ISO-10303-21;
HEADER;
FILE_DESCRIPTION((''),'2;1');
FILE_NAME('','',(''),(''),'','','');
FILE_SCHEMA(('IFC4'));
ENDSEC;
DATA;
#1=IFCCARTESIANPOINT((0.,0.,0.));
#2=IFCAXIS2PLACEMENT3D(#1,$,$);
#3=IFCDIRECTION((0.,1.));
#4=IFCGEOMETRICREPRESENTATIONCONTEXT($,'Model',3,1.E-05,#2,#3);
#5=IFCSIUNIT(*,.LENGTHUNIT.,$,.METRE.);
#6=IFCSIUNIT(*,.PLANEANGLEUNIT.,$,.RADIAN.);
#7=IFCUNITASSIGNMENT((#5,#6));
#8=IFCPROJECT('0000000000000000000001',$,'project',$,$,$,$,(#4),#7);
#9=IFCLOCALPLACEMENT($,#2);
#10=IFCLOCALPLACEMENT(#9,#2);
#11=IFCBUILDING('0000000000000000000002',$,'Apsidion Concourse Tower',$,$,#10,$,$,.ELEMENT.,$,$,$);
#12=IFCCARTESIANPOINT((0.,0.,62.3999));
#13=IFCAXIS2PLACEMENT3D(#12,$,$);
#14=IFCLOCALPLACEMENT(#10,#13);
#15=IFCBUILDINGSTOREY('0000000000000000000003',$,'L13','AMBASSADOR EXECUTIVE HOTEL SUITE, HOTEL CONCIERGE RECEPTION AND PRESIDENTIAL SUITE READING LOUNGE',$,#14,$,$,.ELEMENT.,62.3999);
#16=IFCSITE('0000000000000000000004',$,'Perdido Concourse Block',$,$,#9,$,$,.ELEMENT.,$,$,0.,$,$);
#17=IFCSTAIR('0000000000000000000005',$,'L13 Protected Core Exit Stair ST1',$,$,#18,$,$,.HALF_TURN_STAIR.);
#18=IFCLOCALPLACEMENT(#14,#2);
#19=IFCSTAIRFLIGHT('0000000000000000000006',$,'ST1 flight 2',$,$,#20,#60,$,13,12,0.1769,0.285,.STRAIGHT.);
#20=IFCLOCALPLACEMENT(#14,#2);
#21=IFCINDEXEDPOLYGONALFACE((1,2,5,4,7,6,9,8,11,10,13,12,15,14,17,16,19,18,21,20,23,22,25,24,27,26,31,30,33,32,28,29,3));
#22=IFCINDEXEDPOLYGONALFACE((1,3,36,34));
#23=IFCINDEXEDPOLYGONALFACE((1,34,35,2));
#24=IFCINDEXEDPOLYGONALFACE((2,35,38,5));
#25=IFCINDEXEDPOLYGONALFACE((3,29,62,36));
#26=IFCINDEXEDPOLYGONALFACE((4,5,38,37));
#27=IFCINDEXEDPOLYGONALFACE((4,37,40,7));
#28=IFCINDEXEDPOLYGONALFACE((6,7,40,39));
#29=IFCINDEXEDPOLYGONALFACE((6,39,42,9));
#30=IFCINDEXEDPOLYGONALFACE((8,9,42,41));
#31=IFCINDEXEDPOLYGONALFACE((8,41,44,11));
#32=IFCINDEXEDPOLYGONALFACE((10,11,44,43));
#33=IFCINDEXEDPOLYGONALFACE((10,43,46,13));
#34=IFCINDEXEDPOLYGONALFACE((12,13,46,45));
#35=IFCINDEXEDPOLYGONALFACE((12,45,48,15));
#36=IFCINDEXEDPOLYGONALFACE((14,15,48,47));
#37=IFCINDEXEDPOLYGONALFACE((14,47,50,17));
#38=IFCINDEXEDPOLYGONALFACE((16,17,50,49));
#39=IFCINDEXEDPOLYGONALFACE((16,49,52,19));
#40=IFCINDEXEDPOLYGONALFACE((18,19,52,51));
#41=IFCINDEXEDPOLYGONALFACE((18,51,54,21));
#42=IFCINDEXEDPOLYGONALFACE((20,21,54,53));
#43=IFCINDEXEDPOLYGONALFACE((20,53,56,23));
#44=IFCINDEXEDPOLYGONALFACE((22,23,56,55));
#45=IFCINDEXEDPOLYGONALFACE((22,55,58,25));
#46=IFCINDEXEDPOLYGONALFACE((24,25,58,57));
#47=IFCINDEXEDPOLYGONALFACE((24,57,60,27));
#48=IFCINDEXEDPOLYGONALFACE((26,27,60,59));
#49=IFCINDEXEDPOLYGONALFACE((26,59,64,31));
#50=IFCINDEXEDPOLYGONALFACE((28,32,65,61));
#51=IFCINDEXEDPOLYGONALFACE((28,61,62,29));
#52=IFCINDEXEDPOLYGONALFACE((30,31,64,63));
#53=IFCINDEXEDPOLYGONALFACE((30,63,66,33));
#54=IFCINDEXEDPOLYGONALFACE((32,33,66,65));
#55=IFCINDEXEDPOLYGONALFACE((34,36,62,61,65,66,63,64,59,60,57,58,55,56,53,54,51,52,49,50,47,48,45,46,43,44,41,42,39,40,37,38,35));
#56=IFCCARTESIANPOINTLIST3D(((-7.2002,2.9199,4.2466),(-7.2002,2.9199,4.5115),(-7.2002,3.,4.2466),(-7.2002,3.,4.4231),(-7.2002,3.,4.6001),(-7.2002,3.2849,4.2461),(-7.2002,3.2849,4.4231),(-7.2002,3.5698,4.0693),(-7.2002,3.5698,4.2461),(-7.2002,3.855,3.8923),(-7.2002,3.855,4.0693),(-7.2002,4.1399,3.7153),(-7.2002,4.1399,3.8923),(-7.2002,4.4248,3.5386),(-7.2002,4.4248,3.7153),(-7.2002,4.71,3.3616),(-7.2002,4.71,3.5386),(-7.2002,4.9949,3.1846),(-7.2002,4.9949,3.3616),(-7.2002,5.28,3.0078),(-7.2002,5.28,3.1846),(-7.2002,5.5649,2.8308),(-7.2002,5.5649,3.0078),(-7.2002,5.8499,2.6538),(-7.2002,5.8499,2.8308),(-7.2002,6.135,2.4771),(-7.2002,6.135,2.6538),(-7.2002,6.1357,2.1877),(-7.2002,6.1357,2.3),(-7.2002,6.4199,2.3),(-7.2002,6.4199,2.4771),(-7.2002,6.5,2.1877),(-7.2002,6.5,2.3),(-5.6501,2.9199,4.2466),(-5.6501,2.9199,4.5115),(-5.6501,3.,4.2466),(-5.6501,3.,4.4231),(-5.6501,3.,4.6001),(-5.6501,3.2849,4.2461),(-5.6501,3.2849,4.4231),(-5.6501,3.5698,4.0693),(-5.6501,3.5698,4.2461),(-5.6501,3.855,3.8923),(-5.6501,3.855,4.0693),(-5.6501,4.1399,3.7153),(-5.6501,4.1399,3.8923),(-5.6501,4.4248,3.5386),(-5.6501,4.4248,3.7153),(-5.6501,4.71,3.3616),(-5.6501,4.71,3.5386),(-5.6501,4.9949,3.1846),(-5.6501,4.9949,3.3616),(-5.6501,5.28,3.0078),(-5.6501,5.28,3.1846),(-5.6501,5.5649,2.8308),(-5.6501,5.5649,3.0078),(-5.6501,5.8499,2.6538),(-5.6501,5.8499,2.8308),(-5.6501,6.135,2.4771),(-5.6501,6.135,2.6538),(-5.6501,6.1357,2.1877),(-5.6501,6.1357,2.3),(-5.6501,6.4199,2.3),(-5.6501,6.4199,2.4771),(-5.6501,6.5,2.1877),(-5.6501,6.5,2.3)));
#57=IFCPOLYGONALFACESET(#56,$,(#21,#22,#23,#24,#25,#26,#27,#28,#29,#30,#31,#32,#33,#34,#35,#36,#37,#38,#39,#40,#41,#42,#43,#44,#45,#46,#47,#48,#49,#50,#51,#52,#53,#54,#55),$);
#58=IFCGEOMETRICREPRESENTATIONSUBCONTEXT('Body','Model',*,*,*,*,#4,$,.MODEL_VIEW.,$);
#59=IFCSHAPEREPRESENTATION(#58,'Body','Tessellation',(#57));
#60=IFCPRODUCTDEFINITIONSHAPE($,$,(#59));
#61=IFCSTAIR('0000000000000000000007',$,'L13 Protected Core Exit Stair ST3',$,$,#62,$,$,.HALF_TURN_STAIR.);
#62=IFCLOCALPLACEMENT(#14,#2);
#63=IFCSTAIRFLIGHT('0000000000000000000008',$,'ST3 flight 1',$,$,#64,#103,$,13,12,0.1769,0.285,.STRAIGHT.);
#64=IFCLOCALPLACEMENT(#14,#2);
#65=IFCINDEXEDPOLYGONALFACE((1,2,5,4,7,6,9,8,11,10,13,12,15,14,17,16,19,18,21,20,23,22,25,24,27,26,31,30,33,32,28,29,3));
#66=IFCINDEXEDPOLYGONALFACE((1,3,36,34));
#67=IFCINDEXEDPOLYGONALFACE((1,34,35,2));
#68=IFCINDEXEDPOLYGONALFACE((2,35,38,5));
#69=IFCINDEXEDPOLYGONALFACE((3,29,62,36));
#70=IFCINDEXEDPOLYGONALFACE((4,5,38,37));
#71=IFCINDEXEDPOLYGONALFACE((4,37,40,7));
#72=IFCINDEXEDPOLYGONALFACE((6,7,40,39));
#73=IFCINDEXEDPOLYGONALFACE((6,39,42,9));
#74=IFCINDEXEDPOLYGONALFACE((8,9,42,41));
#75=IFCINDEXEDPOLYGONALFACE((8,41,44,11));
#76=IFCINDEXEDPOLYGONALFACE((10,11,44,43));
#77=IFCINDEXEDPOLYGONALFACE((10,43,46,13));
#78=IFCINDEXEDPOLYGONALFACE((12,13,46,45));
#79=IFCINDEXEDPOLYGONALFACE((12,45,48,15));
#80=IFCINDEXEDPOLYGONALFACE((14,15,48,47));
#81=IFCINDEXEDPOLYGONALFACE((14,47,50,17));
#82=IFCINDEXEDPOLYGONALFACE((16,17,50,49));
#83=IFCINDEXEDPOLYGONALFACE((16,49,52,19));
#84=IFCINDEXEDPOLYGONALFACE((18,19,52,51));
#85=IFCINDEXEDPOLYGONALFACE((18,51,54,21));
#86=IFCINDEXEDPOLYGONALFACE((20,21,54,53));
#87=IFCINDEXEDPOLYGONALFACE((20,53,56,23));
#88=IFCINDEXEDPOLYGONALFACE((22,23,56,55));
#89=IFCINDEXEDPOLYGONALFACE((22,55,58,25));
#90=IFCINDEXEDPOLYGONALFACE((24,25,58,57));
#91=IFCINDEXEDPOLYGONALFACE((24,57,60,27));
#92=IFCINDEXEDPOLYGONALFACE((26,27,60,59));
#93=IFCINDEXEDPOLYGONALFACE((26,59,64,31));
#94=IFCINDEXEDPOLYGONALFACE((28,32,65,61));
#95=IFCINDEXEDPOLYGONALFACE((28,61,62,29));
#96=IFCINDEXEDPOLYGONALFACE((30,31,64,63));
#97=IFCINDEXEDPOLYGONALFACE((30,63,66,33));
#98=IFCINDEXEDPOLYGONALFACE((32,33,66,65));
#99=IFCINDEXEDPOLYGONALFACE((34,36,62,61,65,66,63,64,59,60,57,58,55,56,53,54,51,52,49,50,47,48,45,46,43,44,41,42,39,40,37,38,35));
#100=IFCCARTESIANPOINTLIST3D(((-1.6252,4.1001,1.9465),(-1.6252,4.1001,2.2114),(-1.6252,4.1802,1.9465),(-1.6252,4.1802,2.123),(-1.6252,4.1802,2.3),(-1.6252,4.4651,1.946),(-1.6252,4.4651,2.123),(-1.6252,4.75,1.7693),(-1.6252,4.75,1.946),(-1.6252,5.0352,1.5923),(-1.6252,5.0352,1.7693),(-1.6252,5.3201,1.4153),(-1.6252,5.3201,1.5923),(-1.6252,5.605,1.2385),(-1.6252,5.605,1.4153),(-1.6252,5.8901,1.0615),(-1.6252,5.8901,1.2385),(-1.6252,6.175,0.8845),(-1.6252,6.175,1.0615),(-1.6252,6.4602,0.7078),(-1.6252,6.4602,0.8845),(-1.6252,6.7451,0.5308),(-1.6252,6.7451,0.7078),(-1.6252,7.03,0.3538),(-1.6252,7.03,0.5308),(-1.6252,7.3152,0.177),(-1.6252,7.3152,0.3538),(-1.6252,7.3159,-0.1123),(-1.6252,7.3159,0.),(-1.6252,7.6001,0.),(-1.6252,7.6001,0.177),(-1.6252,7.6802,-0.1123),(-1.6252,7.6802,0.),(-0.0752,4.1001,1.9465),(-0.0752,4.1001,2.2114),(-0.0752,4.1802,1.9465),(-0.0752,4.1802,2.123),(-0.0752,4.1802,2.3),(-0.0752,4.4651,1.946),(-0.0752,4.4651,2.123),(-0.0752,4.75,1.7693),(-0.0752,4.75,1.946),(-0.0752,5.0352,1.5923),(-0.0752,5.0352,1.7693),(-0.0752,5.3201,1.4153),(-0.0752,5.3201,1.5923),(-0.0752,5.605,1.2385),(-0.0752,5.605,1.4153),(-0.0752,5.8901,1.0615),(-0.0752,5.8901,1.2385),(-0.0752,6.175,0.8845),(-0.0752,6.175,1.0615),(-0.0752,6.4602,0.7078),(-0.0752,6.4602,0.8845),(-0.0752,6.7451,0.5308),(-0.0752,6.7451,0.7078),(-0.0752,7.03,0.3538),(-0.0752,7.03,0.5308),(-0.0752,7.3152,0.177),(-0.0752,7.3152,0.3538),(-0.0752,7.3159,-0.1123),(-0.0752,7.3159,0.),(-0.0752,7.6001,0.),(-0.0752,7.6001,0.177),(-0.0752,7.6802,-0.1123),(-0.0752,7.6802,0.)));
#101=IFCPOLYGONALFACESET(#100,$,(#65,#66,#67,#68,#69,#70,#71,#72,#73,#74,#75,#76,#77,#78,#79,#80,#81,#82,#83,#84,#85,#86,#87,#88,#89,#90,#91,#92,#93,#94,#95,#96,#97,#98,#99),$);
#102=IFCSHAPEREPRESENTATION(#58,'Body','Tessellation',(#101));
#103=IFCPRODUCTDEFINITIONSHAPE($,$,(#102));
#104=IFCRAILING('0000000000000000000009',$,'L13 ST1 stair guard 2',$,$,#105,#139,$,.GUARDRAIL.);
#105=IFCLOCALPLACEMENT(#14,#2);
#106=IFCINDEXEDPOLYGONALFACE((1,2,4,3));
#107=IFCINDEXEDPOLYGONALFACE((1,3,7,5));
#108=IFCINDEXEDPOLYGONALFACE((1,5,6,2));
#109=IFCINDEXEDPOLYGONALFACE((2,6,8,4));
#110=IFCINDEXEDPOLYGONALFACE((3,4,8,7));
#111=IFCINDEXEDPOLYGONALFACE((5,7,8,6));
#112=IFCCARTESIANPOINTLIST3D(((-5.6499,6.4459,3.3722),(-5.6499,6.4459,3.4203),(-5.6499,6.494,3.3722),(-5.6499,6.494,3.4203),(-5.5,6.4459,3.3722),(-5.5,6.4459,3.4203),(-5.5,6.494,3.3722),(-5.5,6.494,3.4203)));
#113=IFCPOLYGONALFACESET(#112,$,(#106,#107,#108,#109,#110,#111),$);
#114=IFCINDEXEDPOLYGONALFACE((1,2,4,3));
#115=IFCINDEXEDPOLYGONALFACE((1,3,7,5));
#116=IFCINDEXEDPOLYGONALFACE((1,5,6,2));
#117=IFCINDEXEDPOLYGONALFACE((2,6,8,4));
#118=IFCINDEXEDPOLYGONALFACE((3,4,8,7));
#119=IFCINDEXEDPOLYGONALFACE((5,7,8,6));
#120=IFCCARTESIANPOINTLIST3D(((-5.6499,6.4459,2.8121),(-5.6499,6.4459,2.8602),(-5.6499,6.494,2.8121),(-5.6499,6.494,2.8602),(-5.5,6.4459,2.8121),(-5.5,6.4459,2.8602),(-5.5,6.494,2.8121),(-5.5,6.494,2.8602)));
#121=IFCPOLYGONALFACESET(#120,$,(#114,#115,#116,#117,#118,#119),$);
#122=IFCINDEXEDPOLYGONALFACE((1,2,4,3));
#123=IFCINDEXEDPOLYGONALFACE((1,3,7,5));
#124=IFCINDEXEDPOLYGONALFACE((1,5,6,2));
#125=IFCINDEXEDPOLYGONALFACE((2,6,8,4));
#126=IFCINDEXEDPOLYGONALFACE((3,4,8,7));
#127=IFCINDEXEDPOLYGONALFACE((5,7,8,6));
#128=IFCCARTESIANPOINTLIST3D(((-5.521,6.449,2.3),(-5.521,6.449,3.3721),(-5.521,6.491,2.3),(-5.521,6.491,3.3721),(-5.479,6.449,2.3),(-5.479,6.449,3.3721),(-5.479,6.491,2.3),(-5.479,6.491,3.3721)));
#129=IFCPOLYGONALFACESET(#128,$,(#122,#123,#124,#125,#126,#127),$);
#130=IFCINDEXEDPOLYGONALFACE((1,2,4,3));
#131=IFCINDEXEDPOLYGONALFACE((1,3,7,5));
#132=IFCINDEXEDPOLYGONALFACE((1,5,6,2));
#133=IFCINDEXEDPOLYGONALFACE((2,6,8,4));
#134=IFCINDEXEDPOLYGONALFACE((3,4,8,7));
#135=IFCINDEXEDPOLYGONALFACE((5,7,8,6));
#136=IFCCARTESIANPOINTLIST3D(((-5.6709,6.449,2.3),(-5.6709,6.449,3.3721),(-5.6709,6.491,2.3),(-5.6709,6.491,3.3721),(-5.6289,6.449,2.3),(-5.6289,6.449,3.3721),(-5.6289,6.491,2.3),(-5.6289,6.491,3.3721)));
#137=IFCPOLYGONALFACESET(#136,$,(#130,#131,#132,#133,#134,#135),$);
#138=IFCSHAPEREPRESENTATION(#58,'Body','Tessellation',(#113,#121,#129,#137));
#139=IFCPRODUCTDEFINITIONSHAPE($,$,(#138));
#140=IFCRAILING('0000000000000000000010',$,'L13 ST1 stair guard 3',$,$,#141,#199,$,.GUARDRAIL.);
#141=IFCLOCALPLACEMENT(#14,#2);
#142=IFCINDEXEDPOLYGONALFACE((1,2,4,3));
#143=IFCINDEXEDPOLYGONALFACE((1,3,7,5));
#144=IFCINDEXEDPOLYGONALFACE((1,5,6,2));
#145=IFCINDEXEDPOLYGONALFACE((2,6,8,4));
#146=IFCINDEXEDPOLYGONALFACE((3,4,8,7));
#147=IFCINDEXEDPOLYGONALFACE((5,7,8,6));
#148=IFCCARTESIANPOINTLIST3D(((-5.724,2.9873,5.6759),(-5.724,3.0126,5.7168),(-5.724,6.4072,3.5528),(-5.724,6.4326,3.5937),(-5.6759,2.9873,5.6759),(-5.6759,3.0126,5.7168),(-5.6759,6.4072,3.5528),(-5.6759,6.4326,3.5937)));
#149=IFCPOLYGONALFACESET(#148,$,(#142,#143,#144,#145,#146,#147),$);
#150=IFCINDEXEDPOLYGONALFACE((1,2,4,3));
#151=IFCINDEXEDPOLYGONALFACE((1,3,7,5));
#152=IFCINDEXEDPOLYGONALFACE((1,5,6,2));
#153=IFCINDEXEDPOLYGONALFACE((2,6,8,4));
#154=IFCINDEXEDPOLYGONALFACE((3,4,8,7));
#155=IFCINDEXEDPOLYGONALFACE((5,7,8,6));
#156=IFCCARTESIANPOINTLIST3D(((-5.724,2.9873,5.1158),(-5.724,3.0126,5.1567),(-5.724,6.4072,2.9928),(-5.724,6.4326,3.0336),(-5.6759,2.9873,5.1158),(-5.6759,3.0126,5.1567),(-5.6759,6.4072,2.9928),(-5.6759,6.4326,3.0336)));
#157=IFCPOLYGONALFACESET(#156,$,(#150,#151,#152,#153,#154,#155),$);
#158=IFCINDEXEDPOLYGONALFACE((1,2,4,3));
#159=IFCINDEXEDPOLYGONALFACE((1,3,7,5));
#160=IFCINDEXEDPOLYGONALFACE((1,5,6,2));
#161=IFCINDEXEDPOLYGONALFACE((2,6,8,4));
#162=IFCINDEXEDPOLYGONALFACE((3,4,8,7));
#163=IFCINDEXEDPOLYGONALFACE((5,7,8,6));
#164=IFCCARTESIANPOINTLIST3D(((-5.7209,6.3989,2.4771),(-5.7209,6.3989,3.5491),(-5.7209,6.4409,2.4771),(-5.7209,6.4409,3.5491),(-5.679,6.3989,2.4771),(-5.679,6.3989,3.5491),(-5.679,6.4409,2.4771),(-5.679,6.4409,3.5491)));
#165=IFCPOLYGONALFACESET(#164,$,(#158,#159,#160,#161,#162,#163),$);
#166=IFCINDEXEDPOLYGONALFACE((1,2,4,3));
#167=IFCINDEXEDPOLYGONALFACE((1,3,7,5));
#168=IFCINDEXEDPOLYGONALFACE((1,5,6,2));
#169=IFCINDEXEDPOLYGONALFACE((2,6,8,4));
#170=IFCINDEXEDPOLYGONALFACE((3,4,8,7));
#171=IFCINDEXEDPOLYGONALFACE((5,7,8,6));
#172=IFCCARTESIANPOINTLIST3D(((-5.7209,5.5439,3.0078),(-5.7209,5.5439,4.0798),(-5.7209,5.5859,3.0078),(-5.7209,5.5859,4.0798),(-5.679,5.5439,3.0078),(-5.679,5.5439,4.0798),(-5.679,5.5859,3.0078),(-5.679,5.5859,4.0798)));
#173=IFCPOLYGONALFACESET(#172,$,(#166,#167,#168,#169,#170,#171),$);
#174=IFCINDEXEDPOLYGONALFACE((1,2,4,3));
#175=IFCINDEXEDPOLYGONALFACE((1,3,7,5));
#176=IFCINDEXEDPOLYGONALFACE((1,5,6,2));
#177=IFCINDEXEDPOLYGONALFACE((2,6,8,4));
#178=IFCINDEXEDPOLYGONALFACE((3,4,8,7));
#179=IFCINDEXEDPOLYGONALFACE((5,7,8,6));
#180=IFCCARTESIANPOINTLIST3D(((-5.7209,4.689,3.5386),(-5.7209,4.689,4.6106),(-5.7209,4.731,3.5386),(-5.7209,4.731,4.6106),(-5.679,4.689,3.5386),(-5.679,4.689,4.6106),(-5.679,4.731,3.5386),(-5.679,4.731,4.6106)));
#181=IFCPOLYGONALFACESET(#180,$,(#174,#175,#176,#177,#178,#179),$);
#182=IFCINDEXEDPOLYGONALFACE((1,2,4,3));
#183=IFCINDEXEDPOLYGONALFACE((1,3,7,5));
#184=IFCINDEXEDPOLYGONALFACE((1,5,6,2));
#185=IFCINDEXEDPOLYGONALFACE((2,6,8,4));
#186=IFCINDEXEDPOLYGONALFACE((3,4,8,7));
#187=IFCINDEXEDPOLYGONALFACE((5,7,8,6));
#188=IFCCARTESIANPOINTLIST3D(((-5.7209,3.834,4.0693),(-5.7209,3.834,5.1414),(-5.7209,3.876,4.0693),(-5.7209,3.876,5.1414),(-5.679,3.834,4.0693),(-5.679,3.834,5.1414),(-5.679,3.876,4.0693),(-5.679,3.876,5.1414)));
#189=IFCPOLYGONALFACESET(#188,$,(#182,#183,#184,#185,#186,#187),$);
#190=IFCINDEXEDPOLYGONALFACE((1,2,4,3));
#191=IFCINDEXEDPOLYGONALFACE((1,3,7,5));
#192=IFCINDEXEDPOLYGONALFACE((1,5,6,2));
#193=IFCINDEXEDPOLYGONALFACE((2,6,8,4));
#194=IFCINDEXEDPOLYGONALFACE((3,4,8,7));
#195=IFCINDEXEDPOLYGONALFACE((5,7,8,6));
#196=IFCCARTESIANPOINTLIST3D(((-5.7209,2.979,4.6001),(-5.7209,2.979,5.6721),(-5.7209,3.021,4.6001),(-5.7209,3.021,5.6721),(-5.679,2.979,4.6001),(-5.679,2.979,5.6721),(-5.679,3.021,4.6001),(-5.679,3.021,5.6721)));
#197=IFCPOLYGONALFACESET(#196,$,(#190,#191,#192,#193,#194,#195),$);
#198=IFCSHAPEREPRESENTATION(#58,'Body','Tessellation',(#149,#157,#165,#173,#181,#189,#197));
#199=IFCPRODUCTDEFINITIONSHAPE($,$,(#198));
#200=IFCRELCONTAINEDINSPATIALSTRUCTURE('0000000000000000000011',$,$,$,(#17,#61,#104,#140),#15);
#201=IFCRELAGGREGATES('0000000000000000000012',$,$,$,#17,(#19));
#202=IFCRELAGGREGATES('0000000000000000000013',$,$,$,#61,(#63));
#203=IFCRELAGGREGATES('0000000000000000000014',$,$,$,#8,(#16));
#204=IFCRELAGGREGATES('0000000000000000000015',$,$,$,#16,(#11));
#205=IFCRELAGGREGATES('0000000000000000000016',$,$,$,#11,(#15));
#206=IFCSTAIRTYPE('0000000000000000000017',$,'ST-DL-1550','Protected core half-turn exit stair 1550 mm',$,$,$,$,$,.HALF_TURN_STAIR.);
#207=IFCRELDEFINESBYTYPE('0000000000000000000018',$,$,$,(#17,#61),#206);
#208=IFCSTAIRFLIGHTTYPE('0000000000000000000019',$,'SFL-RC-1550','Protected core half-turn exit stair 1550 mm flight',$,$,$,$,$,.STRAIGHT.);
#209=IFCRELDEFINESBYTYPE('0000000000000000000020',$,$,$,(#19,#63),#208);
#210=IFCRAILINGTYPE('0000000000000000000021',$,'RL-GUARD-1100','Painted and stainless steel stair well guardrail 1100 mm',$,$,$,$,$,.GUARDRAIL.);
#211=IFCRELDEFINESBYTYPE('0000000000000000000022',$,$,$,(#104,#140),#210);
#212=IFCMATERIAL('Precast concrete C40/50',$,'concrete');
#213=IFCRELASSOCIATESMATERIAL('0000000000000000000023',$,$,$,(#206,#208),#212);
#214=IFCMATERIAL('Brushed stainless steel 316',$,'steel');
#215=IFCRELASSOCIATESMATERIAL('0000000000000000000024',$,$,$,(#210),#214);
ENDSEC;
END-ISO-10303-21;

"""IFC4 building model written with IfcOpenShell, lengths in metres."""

from ifc_helpers import new_model, si_unit, direction, frame, origin, origin_2d, place, context, subcontext, project, spatial, polyline, rectangle, outline, extrude, material, type_object, element, aggregate, save


model = new_model("IFC4")

# Units and contexts
model_context = context("Model", 3, precision=1e-05, world=origin(), true_north=direction((0.0, 1.0)))
body_context = subcontext(model_context, "Body", "Model", "MODEL_VIEW")
ifc_project = project(units=[si_unit("LENGTHUNIT", "METRE"), si_unit("PLANEANGLEUNIT", "RADIAN")], contexts=[model_context])

# Site, building, storey
site_placement = place(None, origin())
site = spatial("IfcSite", under=ifc_project, at=site_placement, Name="Perdido Concourse Block", CompositionType="ELEMENT", RefElevation=0.0)
building_placement = place(site_placement, origin())
building = spatial("IfcBuilding", under=site, at=building_placement, Name="Apsidion Concourse Tower", CompositionType="ELEMENT")
storey_placement = place(building_placement, frame((0.0, 0.0, 62.3999)))
storey = spatial("IfcBuildingStorey", under=building, at=storey_placement, Name="L13", Description="AMBASSADOR EXECUTIVE HOTEL SUITE, HOTEL CONCIERGE RECEPTION AND PRESIDENTIAL SUITE READING LOUNGE", CompositionType="ELEMENT", Elevation=62.3999)

# Shared definitions
ifc_material_1 = material(Name="Brushed stainless steel 316", Category="steel")

# Stairs, stair flights
ifc_material_2 = material(Name="Precast concrete C40/50", Category="concrete")
stair_type = type_object("IfcStairType", Name="ST-DL-1550", Description="Protected core half-turn exit stair 1550 mm", PredefinedType="HALF_TURN_STAIR", material=ifc_material_2)
stair_1_placement = place(storey_placement, origin())
stair_1 = element("IfcStair", 1, at=stair_1_placement, inside=storey, type_object=stair_type, Name="L13 Protected Core Exit Stair ST1", PredefinedType="HALF_TURN_STAIR")
stair_flight_type = type_object("IfcStairFlightType", Name="SFL-RC-1550", Description="Protected core half-turn exit stair 1550 mm flight", PredefinedType="STRAIGHT", material=ifc_material_2)
stair_flight_1_placement = place(storey_placement, frame((-6.425, 6.4199, 2.3), z_axis=(0.0, 0.0, 1.0), x_axis=(0.0, -1.0, 0.0)))
stair_flight_1 = element("IfcStairFlight", 2, at=stair_flight_1_placement, type_object=stair_flight_type, Name="ST1 flight 2", NumberOfRisers=13, NumberOfTreads=12, PredefinedType="STRAIGHT", RiserHeight=0.1769, TreadLength=0.285, context=body_context, shape_type="SweptSolid", body=[
    extrude(outline(polyline([(-0.0801, -0.1123), (-0.0801, 0.0), (0.0, 0.0), (0.0, 0.177), (0.2849, 0.177), (0.2849, 0.3538), (0.5701, 0.3538), (0.5701, 0.5308), (0.855, 0.5308), (0.855, 0.7078), (1.1399, 0.7078), (1.1399, 0.8845), (1.425, 0.8845), (1.425, 1.0615), (1.71, 1.0615), (1.71, 1.2385), (1.9951, 1.2385), (1.9951, 1.4153), (2.28, 1.4153), (2.28, 1.5923), (2.5649, 1.5923), (2.5649, 1.7693), (2.8501, 1.7693), (2.8501, 1.946), (3.135, 1.946), (3.135, 2.123), (3.4199, 2.123), (3.4199, 2.3), (3.5, 2.2114), (3.5, 1.9465), (3.4199, 1.9465), (0.2842, 0.0), (0.2842, -0.1123), (-0.0801, -0.1123)])), frame((0.0, 0.7749, 0.0), z_axis=(0.0, -1.0, 0.0), x_axis=(1.0, 0.0, 0.0)), (0.0, 0.0, 1.0), 1.55),
])
aggregate(stair_1, [stair_flight_1])
stair_2_placement = place(storey_placement, origin())
stair_2 = element("IfcStair", 3, at=stair_2_placement, inside=storey, type_object=stair_type, Name="L13 Protected Core Exit Stair ST3", PredefinedType="HALF_TURN_STAIR")
stair_flight_2_placement = place(storey_placement, frame((-0.8501, 7.6001, 0.0), z_axis=(0.0, 0.0, 1.0), x_axis=(0.0, -1.0, 0.0)))
stair_flight_2 = element("IfcStairFlight", 4, at=stair_flight_2_placement, type_object=stair_flight_type, Name="ST3 flight 1", NumberOfRisers=13, NumberOfTreads=12, PredefinedType="STRAIGHT", RiserHeight=0.1769, TreadLength=0.285, context=body_context, shape_type="SweptSolid", body=[
    extrude(outline(polyline([(-0.0801, -0.1123), (-0.0801, 0.0), (0.0, 0.0), (0.0, 0.177), (0.2849, 0.177), (0.2849, 0.3538), (0.5701, 0.3538), (0.5701, 0.5308), (0.855, 0.5308), (0.855, 0.7078), (1.1399, 0.7078), (1.1399, 0.8845), (1.425, 0.8845), (1.425, 1.0615), (1.71, 1.0615), (1.71, 1.2385), (1.9951, 1.2385), (1.9951, 1.4153), (2.28, 1.4153), (2.28, 1.5923), (2.5649, 1.5923), (2.5649, 1.7693), (2.8501, 1.7693), (2.8501, 1.946), (3.135, 1.946), (3.135, 2.123), (3.4199, 2.123), (3.4199, 2.3), (3.5, 2.2114), (3.5, 1.9465), (3.4199, 1.9465), (0.2842, 0.0), (0.2842, -0.1123), (-0.0801, -0.1123)])), frame((0.0, 0.7749, 0.0), z_axis=(0.0, -1.0, 0.0), x_axis=(1.0, 0.0, 0.0)), (0.0, 0.0, 1.0), 1.55),
])
aggregate(stair_2, [stair_flight_2])

# Railings
railing_type_1 = type_object("IfcRailingType", Name="RL-GUARD-1100", Description="Painted and stainless steel stair well guardrail 1100 mm", PredefinedType="GUARDRAIL", material=ifc_material_1)
railing_1_placement = place(storey_placement, frame((-5.5, 6.47, 2.3)))
element("IfcRailing", 5, at=railing_1_placement, inside=storey, type_object=railing_type_1, Name="L13 ST1 stair guard 2", PredefinedType="GUARDRAIL", context=body_context, shape_type="SweptSolid", body=[
    extrude(rectangle(XDim=0.0481, YDim=0.0481, at=origin_2d()), frame((0.0, 0.0, 1.0962), z_axis=(-1.0, 0.0, 0.0), x_axis=(0.0, -1.0, 0.0)), (0.0, 0.0, 1.0), 0.1499),
    extrude(rectangle(XDim=0.0481, YDim=0.0481, at=origin_2d()), frame((0.0, 0.0, 0.5361), z_axis=(-1.0, 0.0, 0.0), x_axis=(0.0, -1.0, 0.0)), (0.0, 0.0, 1.0), 0.1499),
    extrude(rectangle(XDim=0.042, YDim=0.042, at=origin_2d()), origin(), (0.0, 0.0, 1.0), 1.072),
    extrude(rectangle(XDim=0.042, YDim=0.042, at=origin_2d()), frame((-0.1499, 0.0, 0.0)), (0.0, 0.0, 1.0), 1.072),
])
railing_2_placement = place(storey_placement, frame((-5.7, 6.4199, 2.4771)))
element("IfcRailing", 6, at=railing_2_placement, inside=storey, type_object=railing_type_1, Name="L13 ST1 stair guard 3", PredefinedType="GUARDRAIL", context=body_context, shape_type="SweptSolid", body=[
    extrude(rectangle(XDim=0.0481, YDim=0.0481, at=origin_2d()), frame((0.0, 0.0, 1.0962), z_axis=(0.0, -0.849603, 0.527423), x_axis=(1.0, 0.0, 0.0)), (0.0, 0.0, 1.0), 4.0254),
    extrude(rectangle(XDim=0.0481, YDim=0.0481, at=origin_2d()), frame((0.0, 0.0, 0.5361), z_axis=(0.0, -0.849603, 0.527423), x_axis=(1.0, 0.0, 0.0)), (0.0, 0.0, 1.0), 4.0254),
    extrude(rectangle(XDim=0.042, YDim=0.042, at=origin_2d()), origin(), (0.0, 0.0, 1.0), 1.072),
    extrude(rectangle(XDim=0.042, YDim=0.042, at=origin_2d()), frame((0.0, -0.855, 0.5308)), (0.0, 0.0, 1.0), 1.072),
    extrude(rectangle(XDim=0.042, YDim=0.042, at=origin_2d()), frame((0.0, -1.71, 1.0615)), (0.0, 0.0, 1.0), 1.072),
    extrude(rectangle(XDim=0.042, YDim=0.042, at=origin_2d()), frame((0.0, -2.5649, 1.5923)), (0.0, 0.0, 1.0), 1.072),
    extrude(rectangle(XDim=0.042, YDim=0.042, at=origin_2d()), frame((0.0, -3.4199, 2.123)), (0.0, 0.0, 1.0), 1.072),
])

save(model, "model.ifc")
